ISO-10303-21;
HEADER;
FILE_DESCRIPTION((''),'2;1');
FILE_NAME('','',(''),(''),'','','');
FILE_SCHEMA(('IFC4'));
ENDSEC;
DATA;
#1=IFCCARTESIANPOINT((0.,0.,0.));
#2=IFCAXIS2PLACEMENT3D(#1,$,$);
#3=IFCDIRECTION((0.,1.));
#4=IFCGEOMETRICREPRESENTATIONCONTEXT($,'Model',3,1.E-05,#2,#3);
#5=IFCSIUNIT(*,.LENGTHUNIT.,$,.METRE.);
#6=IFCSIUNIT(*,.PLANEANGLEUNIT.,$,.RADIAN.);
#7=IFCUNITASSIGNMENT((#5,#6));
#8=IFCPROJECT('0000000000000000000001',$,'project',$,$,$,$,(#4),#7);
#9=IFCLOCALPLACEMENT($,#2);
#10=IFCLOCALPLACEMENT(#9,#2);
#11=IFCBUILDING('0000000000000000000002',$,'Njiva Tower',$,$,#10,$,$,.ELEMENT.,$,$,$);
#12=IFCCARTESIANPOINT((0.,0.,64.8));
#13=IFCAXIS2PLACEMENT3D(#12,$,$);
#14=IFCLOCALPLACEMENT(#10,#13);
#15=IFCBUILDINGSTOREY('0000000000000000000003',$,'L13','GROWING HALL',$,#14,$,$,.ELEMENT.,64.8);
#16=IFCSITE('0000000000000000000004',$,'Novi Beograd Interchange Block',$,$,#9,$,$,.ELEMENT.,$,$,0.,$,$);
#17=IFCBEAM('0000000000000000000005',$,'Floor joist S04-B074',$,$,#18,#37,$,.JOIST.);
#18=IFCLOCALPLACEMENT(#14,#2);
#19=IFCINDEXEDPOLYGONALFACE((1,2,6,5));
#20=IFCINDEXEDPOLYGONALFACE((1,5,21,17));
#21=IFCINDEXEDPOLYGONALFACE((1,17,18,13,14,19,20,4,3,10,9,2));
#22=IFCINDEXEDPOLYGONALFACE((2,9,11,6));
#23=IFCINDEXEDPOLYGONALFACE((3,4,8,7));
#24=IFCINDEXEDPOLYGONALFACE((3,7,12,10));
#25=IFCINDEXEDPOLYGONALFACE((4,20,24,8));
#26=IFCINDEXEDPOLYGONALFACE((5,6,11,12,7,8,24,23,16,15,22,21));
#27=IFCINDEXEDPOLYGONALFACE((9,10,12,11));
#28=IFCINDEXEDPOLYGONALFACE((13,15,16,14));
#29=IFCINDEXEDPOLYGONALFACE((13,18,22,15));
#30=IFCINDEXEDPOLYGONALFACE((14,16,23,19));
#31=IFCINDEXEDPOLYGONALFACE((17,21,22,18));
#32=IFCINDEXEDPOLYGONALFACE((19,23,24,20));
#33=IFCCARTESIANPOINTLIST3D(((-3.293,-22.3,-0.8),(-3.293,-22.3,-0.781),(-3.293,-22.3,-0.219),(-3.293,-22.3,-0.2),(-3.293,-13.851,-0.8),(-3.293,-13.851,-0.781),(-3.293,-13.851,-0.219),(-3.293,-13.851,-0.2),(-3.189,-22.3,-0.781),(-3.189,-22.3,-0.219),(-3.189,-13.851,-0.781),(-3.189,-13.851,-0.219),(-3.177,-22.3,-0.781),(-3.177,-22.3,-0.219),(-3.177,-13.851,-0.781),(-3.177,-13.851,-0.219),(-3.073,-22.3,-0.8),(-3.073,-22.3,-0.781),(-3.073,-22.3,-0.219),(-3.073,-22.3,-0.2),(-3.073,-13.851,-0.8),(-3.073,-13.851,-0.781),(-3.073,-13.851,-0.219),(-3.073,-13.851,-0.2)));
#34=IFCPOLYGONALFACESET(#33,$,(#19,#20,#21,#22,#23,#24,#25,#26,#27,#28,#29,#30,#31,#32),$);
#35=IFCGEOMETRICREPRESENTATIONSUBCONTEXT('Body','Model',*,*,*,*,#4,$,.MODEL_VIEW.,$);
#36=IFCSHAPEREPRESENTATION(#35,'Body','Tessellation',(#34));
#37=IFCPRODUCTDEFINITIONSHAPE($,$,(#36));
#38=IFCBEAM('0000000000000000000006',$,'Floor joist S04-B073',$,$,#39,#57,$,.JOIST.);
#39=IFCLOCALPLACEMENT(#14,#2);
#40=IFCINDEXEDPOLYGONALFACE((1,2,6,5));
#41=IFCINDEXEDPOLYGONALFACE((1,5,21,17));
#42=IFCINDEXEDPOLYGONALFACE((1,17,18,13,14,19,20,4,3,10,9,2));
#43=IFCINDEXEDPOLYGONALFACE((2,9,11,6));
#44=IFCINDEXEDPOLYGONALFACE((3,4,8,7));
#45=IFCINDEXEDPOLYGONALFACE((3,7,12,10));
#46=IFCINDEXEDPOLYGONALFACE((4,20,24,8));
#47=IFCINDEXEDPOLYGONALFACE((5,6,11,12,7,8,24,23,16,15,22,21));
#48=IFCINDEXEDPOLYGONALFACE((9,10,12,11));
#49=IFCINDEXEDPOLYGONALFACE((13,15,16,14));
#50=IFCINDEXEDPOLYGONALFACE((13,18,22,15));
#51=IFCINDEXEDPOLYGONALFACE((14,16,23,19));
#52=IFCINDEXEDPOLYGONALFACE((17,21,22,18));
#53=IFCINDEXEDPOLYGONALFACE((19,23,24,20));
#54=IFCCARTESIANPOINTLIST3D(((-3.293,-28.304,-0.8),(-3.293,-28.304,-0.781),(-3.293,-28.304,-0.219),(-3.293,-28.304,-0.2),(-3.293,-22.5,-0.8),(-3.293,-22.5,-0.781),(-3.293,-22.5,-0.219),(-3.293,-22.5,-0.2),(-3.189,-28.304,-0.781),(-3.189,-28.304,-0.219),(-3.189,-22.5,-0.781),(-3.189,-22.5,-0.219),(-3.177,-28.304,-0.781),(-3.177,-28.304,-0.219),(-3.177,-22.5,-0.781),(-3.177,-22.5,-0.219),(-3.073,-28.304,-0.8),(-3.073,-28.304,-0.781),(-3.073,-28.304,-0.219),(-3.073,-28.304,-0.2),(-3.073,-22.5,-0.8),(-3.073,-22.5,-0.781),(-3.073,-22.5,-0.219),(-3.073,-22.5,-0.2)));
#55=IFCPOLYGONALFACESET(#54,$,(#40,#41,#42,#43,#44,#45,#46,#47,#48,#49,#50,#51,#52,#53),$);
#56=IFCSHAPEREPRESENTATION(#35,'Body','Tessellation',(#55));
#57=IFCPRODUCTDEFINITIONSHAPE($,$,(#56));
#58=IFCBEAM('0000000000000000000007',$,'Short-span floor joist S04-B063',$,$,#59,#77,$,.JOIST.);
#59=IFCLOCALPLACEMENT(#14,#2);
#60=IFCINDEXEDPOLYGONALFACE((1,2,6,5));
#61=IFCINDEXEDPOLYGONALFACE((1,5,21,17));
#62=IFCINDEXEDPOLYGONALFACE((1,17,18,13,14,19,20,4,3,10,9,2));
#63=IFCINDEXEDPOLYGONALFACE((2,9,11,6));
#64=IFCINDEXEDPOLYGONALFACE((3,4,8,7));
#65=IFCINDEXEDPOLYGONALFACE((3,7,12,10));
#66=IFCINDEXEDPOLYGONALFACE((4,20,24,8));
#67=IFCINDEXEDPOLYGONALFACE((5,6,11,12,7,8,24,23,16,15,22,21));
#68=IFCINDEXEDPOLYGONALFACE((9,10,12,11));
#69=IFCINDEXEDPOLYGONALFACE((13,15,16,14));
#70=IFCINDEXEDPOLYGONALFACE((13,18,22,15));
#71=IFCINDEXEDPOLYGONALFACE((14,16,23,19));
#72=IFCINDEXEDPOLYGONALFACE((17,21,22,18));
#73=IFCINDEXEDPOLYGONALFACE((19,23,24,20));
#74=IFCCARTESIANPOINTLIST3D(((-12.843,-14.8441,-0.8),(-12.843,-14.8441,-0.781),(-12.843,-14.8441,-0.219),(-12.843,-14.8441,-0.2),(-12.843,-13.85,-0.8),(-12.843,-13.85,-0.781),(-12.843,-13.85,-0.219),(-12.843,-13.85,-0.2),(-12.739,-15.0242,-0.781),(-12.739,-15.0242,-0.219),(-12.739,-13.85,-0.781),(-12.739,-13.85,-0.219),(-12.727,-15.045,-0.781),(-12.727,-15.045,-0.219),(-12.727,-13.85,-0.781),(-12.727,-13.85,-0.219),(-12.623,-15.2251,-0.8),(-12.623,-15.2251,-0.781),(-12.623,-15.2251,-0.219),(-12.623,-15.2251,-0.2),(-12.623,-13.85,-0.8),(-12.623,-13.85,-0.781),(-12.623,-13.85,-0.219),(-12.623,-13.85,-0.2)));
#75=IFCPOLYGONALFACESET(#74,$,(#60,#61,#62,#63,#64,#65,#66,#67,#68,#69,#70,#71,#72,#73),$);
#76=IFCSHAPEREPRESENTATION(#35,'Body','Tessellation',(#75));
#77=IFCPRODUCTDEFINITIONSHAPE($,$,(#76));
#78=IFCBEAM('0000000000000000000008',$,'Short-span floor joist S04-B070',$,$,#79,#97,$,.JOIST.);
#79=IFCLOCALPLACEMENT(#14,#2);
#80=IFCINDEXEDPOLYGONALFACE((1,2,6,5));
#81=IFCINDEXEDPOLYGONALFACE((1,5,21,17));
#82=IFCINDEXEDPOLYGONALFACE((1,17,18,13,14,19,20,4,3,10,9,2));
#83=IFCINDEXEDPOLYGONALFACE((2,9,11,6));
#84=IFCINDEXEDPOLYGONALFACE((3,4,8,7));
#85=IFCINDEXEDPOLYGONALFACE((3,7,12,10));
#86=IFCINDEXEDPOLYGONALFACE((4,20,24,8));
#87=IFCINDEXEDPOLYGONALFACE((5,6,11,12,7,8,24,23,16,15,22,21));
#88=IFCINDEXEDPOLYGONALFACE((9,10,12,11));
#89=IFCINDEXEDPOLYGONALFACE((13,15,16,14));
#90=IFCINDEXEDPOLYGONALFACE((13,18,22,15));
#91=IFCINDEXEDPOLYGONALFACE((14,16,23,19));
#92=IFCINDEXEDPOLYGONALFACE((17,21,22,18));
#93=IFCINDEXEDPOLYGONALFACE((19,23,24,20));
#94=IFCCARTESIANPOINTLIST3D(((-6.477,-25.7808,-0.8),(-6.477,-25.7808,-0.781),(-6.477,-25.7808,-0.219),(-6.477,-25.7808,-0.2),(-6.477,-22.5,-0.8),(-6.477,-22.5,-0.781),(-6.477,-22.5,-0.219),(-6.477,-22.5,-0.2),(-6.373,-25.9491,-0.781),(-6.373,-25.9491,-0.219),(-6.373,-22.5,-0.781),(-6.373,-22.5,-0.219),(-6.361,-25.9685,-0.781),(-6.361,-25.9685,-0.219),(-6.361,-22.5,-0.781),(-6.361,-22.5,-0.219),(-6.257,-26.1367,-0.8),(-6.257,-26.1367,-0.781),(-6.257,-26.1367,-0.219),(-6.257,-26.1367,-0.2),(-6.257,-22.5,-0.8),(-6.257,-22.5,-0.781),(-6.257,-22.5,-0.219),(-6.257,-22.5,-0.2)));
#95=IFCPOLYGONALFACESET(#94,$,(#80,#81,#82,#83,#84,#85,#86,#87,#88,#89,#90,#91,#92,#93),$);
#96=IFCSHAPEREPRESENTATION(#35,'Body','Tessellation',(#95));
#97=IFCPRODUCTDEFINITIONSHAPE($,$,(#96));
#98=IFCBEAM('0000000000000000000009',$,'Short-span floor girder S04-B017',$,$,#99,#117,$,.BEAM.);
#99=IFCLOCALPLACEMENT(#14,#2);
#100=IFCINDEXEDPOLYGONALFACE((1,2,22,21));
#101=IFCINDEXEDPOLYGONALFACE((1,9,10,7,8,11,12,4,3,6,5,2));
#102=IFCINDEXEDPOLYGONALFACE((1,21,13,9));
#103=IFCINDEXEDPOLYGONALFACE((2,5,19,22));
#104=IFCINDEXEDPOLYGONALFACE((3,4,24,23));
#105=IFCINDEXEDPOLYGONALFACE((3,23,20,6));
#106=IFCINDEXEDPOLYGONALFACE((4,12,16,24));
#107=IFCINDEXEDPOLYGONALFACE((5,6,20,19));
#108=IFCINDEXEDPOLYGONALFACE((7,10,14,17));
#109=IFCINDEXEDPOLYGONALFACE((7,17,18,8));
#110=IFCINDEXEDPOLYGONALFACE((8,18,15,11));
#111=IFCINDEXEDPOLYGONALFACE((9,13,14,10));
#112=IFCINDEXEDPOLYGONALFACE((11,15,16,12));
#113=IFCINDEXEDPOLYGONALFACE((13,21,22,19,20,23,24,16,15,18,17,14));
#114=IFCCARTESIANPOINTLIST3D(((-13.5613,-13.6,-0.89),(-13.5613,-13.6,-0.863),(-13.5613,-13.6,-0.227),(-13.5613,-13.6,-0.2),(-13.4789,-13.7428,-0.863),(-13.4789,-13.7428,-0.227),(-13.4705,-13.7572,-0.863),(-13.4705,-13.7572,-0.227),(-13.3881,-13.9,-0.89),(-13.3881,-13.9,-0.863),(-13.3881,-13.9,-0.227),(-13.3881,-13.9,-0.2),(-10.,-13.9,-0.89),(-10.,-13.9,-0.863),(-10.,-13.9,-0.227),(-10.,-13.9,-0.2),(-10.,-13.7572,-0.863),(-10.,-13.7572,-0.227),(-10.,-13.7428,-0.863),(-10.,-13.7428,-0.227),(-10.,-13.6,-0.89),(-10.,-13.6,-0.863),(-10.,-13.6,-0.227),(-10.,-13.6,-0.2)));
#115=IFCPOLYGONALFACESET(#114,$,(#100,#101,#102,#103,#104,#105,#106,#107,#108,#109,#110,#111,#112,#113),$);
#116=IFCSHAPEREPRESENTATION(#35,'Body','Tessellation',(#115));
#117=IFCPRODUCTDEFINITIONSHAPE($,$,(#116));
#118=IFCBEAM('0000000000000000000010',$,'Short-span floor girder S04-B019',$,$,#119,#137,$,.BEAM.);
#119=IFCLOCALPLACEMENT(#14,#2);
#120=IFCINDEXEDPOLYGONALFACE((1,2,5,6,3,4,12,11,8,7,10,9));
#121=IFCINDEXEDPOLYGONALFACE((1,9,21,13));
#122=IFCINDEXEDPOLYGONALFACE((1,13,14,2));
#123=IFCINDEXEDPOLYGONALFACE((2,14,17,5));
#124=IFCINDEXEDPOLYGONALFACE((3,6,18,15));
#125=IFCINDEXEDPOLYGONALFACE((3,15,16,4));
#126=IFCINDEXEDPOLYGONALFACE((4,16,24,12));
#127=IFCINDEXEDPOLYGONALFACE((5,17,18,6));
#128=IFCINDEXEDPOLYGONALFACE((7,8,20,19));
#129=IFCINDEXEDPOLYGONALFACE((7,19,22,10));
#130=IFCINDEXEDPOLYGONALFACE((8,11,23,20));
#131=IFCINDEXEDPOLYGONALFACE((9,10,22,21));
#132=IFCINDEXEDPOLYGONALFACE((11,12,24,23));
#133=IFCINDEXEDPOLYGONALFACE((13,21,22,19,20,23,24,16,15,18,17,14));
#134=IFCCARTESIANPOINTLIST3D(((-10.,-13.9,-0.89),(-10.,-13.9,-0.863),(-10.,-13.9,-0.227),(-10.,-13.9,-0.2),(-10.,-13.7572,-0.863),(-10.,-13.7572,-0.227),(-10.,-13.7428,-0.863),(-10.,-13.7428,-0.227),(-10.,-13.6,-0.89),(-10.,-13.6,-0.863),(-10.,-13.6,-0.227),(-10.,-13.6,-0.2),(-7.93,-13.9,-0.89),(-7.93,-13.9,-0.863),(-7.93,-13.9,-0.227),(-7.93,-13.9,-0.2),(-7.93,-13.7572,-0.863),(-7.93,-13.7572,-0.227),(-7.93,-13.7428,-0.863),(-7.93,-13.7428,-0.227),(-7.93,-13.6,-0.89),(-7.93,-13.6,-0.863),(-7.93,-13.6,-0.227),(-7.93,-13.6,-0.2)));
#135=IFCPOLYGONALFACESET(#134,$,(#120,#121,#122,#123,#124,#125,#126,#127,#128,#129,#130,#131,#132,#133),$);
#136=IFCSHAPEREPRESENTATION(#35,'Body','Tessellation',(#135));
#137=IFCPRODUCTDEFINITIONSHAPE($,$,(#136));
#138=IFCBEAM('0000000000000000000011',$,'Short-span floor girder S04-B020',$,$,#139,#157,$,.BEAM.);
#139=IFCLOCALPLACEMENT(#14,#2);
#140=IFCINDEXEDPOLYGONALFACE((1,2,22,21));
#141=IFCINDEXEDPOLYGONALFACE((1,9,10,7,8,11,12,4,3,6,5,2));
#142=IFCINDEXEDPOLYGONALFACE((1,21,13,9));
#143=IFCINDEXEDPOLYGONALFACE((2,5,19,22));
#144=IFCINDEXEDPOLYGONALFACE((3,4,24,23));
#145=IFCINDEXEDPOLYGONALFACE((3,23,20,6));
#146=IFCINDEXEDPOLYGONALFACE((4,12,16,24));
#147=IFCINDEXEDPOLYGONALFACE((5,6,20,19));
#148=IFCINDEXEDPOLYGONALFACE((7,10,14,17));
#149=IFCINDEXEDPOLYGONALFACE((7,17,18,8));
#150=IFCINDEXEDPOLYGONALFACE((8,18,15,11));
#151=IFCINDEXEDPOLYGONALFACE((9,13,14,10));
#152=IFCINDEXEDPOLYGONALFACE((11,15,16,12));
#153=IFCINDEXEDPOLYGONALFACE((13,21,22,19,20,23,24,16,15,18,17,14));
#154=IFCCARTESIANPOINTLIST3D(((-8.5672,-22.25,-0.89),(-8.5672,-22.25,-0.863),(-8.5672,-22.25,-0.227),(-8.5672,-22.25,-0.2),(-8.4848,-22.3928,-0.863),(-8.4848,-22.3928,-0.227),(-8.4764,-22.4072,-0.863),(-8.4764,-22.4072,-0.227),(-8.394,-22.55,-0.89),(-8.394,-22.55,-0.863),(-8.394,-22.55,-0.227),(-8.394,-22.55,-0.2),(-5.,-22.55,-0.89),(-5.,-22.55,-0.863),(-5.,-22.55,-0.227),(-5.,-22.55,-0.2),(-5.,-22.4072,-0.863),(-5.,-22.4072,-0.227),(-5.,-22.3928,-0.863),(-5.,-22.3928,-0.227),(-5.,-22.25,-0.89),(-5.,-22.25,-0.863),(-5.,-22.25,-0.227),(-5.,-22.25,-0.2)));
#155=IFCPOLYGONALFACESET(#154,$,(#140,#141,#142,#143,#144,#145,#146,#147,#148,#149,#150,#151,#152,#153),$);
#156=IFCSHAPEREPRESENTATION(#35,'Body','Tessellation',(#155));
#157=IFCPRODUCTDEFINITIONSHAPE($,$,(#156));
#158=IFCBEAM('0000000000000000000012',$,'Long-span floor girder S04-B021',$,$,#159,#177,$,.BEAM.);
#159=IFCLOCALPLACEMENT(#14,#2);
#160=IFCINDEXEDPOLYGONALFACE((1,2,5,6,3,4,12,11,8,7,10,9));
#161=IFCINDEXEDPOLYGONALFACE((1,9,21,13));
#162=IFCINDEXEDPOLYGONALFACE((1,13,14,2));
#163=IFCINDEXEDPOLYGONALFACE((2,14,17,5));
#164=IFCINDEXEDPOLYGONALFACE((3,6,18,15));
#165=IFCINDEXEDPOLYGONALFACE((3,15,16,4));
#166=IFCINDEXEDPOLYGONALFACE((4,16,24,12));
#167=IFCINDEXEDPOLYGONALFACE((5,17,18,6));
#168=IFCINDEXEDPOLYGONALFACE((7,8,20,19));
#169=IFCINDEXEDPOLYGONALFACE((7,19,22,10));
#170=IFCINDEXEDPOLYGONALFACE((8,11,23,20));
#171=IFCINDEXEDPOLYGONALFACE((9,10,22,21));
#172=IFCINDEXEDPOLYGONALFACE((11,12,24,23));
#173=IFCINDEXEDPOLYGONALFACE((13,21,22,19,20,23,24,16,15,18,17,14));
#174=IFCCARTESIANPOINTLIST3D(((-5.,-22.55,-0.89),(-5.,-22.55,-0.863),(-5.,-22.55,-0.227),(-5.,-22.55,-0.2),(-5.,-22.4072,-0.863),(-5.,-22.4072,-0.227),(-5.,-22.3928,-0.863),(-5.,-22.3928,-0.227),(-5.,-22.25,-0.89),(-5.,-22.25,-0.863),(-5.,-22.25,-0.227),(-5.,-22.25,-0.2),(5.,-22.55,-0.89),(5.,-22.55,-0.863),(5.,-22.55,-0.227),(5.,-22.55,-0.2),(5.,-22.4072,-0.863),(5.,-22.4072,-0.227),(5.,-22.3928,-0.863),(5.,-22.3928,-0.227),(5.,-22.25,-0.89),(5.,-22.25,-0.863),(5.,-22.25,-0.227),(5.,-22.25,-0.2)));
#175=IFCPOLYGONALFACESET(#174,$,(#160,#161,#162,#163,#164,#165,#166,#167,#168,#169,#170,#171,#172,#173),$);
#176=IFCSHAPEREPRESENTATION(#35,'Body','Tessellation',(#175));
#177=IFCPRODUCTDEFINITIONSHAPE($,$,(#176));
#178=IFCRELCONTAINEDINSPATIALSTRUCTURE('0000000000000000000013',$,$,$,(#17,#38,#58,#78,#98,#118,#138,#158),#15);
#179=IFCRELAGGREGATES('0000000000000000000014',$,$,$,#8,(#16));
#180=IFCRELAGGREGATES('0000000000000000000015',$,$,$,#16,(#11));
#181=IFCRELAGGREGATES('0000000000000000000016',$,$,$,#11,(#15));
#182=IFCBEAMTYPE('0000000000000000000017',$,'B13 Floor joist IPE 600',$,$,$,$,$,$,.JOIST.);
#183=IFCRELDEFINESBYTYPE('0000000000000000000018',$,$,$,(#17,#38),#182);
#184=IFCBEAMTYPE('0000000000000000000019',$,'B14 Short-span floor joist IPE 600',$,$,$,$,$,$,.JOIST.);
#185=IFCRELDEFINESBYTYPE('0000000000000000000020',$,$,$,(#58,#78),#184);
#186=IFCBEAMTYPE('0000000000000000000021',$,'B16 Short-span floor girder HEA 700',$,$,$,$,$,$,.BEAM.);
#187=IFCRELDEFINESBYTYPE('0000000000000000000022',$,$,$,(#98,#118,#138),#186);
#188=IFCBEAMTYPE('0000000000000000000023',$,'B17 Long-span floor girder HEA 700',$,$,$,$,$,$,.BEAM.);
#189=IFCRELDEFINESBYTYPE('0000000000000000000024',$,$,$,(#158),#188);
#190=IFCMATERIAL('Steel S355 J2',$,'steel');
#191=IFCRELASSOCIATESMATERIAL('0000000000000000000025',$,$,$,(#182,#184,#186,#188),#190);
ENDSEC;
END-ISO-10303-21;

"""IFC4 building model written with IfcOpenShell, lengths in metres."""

from ifc_helpers import new_model, si_unit, direction, frame, origin, origin_2d, place, context, subcontext, project, spatial, i_section, extrude, clip, halfspace, material, material_profile, profile_set, type_object, element, save


model = new_model("IFC4")

# Units and contexts
model_context = context("Model", 3, precision=1e-05, world=origin(), true_north=direction((0.0, 1.0)))
body_context = subcontext(model_context, "Body", "Model", "MODEL_VIEW")
ifc_project = project(units=[si_unit("LENGTHUNIT", "METRE"), si_unit("PLANEANGLEUNIT", "RADIAN")], contexts=[model_context])

# Site, building, storey
site_placement = place(None, origin())
site = spatial("IfcSite", under=ifc_project, at=site_placement, Name="Novi Beograd Interchange Block", CompositionType="ELEMENT", RefElevation=0.0)
building_placement = place(site_placement, origin())
building = spatial("IfcBuilding", under=site, at=building_placement, Name="Njiva Tower", CompositionType="ELEMENT")
storey_placement = place(building_placement, frame((0.0, 0.0, 64.8)))
storey = spatial("IfcBuildingStorey", under=building, at=storey_placement, Name="L13", Description="GROWING HALL", CompositionType="ELEMENT", Elevation=64.8)

# Shared definitions
ifc_material_1 = material(Name="Steel S355 J2", Category="steel")

# Beams
ifc_material_profile_1 = material_profile(ifc_material_1, i_section(OverallWidth=0.22, OverallDepth=0.6, WebThickness=0.012, FlangeThickness=0.019, at=origin_2d()), Name="IPE 600")
ifc_profile_set_1 = profile_set([ifc_material_profile_1], Name="Steel S355 J2")
beam_type_1 = type_object("IfcBeamType", Name="B13 Floor joist IPE 600", PredefinedType="JOIST", material=ifc_profile_set_1)
for number, where, z_axis, x_axis, name in (
    (1, (-3.183, -13.851, -0.5), (0.0, -1.0, 0.0), (1.0, 0.0, 0.0), "Floor joist S04-B074"),
):
    element("IfcBeam", number, at=place(storey_placement, frame(where, z_axis=z_axis, x_axis=x_axis)), inside=storey, type_object=beam_type_1, Name=name, PredefinedType="JOIST", context=body_context, shape_type="SweptSolid", body=[
        extrude(i_section(OverallWidth=0.22, OverallDepth=0.6, WebThickness=0.012, FlangeThickness=0.019, at=origin_2d()), origin(), (0.0, 0.0, 1.0), 8.449),
    ])
beam_1_placement = place(storey_placement, frame((-3.183, -22.5, -0.5), z_axis=(0.0, -1.0, 0.0), x_axis=(1.0, 0.0, 0.0)))
element("IfcBeam", 2, at=beam_1_placement, inside=storey, type_object=beam_type_1, Name="Floor joist S04-B073", PredefinedType="JOIST", context=body_context, shape_type="SweptSolid", body=[
    extrude(i_section(OverallWidth=0.22, OverallDepth=0.6, WebThickness=0.012, FlangeThickness=0.019, at=origin_2d()), origin(), (0.0, 0.0, 1.0), 5.804),
])
ifc_material_profile_2 = material_profile(ifc_material_1, i_section(OverallWidth=0.22, OverallDepth=0.6, WebThickness=0.012, FlangeThickness=0.019, at=origin_2d()), Name="IPE 600")
ifc_profile_set_2 = profile_set([ifc_material_profile_2], Name="Steel S355 J2")
beam_type_2 = type_object("IfcBeamType", Name="B14 Short-span floor joist IPE 600", PredefinedType="JOIST", material=ifc_profile_set_2)
beam_2_placement = place(storey_placement, frame((-12.733, -13.85, -0.5), z_axis=(0.0, -1.0, 0.0), x_axis=(1.0, 0.0, 0.0)))
element("IfcBeam", 3, at=beam_2_placement, inside=storey, type_object=beam_type_2, Name="Short-span floor joist S04-B063", PredefinedType="JOIST", context=body_context, shape_type="Clipping", body=[
    clip(extrude(i_section(OverallWidth=0.22, OverallDepth=0.6, WebThickness=0.012, FlangeThickness=0.019, at=origin_2d()), origin(), (0.0, 0.0, 1.0), 1.395), halfspace(frame((-0.0436, 0.0, 1.1091), z_axis=(-0.866027, 0.0, 0.499998), x_axis=(0.0, 1.0, 0.0)), False)),
])
beam_3_placement = place(storey_placement, frame((-6.367, -22.5, -0.5), z_axis=(0.0, -1.0, 0.0), x_axis=(1.0, 0.0, 0.0)))
element("IfcBeam", 4, at=beam_3_placement, inside=storey, type_object=beam_type_2, Name="Short-span floor joist S04-B070", PredefinedType="JOIST", context=body_context, shape_type="Clipping", body=[
    clip(extrude(i_section(OverallWidth=0.22, OverallDepth=0.6, WebThickness=0.012, FlangeThickness=0.019, at=origin_2d()), origin(), (0.0, 0.0, 1.0), 3.657), halfspace(frame((-0.0422, 0.0, 3.3905), z_axis=(-0.850625, 0.0, 0.525773), x_axis=(0.0, 1.0, 0.0)), False)),
])
ifc_material_profile_3 = material_profile(ifc_material_1, i_section(OverallWidth=0.3, OverallDepth=0.69, WebThickness=0.0145, FlangeThickness=0.027, at=origin_2d()), Name="HEA 700")
ifc_profile_set_3 = profile_set([ifc_material_profile_3], Name="Steel S355 J2")
beam_type_3 = type_object("IfcBeamType", Name="B16 Short-span floor girder HEA 700", PredefinedType="BEAM", material=ifc_profile_set_3)
beam_4_placement = place(storey_placement, frame((-13.582, -13.75, -0.545), z_axis=(1.0, 0.0, 0.0), x_axis=(0.0, 1.0, 0.0)))
element("IfcBeam", 5, at=beam_4_placement, inside=storey, type_object=beam_type_3, Name="Short-span floor girder S04-B017", PredefinedType="BEAM", context=body_context, shape_type="Clipping", body=[
    clip(extrude(i_section(OverallWidth=0.3, OverallDepth=0.69, WebThickness=0.0145, FlangeThickness=0.027, at=origin_2d()), origin(), (0.0, 0.0, 1.0), 3.582), halfspace(frame((-0.025, 0.0, 0.1217), z_axis=(-0.499998, 0.0, -0.866027), x_axis=(0.0, -1.0, 0.0)), False)),
])
beam_5_placement = place(storey_placement, frame((-10.0, -13.75, -0.545), z_axis=(1.0, 0.0, 0.0), x_axis=(0.0, 1.0, 0.0)))
element("IfcBeam", 6, at=beam_5_placement, inside=storey, type_object=beam_type_3, Name="Short-span floor girder S04-B019", PredefinedType="BEAM", context=body_context, shape_type="SweptSolid", body=[
    extrude(i_section(OverallWidth=0.3, OverallDepth=0.69, WebThickness=0.0145, FlangeThickness=0.027, at=origin_2d()), origin(), (0.0, 0.0, 1.0), 2.07),
])
beam_6_placement = place(storey_placement, frame((-8.588, -22.4, -0.545), z_axis=(1.0, 0.0, 0.0), x_axis=(0.0, 1.0, 0.0)))
element("IfcBeam", 7, at=beam_6_placement, inside=storey, type_object=beam_type_3, Name="Short-span floor girder S04-B020", PredefinedType="BEAM", context=body_context, shape_type="Clipping", body=[
    clip(extrude(i_section(OverallWidth=0.3, OverallDepth=0.69, WebThickness=0.0145, FlangeThickness=0.027, at=origin_2d()), origin(), (0.0, 0.0, 1.0), 3.588), halfspace(frame((-0.025, 0.0, 0.1218), z_axis=(-0.499998, 0.0, -0.866027), x_axis=(0.0, -1.0, 0.0)), False)),
])
ifc_material_profile_4 = material_profile(ifc_material_1, i_section(OverallWidth=0.3, OverallDepth=0.69, WebThickness=0.0145, FlangeThickness=0.027, at=origin_2d()), Name="HEA 700")
ifc_profile_set_4 = profile_set([ifc_material_profile_4], Name="Steel S355 J2")
beam_type_4 = type_object("IfcBeamType", Name="B17 Long-span floor girder HEA 700", PredefinedType="BEAM", material=ifc_profile_set_4)
beam_7_placement = place(storey_placement, frame((-5.0, -22.4, -0.545), z_axis=(1.0, 0.0, 0.0), x_axis=(0.0, 1.0, 0.0)))
element("IfcBeam", 8, at=beam_7_placement, inside=storey, type_object=beam_type_4, Name="Long-span floor girder S04-B021", PredefinedType="BEAM", context=body_context, shape_type="SweptSolid", body=[
    extrude(i_section(OverallWidth=0.3, OverallDepth=0.69, WebThickness=0.0145, FlangeThickness=0.027, at=origin_2d()), origin(), (0.0, 0.0, 1.0), 10.0),
])

save(model, "model.ifc")
